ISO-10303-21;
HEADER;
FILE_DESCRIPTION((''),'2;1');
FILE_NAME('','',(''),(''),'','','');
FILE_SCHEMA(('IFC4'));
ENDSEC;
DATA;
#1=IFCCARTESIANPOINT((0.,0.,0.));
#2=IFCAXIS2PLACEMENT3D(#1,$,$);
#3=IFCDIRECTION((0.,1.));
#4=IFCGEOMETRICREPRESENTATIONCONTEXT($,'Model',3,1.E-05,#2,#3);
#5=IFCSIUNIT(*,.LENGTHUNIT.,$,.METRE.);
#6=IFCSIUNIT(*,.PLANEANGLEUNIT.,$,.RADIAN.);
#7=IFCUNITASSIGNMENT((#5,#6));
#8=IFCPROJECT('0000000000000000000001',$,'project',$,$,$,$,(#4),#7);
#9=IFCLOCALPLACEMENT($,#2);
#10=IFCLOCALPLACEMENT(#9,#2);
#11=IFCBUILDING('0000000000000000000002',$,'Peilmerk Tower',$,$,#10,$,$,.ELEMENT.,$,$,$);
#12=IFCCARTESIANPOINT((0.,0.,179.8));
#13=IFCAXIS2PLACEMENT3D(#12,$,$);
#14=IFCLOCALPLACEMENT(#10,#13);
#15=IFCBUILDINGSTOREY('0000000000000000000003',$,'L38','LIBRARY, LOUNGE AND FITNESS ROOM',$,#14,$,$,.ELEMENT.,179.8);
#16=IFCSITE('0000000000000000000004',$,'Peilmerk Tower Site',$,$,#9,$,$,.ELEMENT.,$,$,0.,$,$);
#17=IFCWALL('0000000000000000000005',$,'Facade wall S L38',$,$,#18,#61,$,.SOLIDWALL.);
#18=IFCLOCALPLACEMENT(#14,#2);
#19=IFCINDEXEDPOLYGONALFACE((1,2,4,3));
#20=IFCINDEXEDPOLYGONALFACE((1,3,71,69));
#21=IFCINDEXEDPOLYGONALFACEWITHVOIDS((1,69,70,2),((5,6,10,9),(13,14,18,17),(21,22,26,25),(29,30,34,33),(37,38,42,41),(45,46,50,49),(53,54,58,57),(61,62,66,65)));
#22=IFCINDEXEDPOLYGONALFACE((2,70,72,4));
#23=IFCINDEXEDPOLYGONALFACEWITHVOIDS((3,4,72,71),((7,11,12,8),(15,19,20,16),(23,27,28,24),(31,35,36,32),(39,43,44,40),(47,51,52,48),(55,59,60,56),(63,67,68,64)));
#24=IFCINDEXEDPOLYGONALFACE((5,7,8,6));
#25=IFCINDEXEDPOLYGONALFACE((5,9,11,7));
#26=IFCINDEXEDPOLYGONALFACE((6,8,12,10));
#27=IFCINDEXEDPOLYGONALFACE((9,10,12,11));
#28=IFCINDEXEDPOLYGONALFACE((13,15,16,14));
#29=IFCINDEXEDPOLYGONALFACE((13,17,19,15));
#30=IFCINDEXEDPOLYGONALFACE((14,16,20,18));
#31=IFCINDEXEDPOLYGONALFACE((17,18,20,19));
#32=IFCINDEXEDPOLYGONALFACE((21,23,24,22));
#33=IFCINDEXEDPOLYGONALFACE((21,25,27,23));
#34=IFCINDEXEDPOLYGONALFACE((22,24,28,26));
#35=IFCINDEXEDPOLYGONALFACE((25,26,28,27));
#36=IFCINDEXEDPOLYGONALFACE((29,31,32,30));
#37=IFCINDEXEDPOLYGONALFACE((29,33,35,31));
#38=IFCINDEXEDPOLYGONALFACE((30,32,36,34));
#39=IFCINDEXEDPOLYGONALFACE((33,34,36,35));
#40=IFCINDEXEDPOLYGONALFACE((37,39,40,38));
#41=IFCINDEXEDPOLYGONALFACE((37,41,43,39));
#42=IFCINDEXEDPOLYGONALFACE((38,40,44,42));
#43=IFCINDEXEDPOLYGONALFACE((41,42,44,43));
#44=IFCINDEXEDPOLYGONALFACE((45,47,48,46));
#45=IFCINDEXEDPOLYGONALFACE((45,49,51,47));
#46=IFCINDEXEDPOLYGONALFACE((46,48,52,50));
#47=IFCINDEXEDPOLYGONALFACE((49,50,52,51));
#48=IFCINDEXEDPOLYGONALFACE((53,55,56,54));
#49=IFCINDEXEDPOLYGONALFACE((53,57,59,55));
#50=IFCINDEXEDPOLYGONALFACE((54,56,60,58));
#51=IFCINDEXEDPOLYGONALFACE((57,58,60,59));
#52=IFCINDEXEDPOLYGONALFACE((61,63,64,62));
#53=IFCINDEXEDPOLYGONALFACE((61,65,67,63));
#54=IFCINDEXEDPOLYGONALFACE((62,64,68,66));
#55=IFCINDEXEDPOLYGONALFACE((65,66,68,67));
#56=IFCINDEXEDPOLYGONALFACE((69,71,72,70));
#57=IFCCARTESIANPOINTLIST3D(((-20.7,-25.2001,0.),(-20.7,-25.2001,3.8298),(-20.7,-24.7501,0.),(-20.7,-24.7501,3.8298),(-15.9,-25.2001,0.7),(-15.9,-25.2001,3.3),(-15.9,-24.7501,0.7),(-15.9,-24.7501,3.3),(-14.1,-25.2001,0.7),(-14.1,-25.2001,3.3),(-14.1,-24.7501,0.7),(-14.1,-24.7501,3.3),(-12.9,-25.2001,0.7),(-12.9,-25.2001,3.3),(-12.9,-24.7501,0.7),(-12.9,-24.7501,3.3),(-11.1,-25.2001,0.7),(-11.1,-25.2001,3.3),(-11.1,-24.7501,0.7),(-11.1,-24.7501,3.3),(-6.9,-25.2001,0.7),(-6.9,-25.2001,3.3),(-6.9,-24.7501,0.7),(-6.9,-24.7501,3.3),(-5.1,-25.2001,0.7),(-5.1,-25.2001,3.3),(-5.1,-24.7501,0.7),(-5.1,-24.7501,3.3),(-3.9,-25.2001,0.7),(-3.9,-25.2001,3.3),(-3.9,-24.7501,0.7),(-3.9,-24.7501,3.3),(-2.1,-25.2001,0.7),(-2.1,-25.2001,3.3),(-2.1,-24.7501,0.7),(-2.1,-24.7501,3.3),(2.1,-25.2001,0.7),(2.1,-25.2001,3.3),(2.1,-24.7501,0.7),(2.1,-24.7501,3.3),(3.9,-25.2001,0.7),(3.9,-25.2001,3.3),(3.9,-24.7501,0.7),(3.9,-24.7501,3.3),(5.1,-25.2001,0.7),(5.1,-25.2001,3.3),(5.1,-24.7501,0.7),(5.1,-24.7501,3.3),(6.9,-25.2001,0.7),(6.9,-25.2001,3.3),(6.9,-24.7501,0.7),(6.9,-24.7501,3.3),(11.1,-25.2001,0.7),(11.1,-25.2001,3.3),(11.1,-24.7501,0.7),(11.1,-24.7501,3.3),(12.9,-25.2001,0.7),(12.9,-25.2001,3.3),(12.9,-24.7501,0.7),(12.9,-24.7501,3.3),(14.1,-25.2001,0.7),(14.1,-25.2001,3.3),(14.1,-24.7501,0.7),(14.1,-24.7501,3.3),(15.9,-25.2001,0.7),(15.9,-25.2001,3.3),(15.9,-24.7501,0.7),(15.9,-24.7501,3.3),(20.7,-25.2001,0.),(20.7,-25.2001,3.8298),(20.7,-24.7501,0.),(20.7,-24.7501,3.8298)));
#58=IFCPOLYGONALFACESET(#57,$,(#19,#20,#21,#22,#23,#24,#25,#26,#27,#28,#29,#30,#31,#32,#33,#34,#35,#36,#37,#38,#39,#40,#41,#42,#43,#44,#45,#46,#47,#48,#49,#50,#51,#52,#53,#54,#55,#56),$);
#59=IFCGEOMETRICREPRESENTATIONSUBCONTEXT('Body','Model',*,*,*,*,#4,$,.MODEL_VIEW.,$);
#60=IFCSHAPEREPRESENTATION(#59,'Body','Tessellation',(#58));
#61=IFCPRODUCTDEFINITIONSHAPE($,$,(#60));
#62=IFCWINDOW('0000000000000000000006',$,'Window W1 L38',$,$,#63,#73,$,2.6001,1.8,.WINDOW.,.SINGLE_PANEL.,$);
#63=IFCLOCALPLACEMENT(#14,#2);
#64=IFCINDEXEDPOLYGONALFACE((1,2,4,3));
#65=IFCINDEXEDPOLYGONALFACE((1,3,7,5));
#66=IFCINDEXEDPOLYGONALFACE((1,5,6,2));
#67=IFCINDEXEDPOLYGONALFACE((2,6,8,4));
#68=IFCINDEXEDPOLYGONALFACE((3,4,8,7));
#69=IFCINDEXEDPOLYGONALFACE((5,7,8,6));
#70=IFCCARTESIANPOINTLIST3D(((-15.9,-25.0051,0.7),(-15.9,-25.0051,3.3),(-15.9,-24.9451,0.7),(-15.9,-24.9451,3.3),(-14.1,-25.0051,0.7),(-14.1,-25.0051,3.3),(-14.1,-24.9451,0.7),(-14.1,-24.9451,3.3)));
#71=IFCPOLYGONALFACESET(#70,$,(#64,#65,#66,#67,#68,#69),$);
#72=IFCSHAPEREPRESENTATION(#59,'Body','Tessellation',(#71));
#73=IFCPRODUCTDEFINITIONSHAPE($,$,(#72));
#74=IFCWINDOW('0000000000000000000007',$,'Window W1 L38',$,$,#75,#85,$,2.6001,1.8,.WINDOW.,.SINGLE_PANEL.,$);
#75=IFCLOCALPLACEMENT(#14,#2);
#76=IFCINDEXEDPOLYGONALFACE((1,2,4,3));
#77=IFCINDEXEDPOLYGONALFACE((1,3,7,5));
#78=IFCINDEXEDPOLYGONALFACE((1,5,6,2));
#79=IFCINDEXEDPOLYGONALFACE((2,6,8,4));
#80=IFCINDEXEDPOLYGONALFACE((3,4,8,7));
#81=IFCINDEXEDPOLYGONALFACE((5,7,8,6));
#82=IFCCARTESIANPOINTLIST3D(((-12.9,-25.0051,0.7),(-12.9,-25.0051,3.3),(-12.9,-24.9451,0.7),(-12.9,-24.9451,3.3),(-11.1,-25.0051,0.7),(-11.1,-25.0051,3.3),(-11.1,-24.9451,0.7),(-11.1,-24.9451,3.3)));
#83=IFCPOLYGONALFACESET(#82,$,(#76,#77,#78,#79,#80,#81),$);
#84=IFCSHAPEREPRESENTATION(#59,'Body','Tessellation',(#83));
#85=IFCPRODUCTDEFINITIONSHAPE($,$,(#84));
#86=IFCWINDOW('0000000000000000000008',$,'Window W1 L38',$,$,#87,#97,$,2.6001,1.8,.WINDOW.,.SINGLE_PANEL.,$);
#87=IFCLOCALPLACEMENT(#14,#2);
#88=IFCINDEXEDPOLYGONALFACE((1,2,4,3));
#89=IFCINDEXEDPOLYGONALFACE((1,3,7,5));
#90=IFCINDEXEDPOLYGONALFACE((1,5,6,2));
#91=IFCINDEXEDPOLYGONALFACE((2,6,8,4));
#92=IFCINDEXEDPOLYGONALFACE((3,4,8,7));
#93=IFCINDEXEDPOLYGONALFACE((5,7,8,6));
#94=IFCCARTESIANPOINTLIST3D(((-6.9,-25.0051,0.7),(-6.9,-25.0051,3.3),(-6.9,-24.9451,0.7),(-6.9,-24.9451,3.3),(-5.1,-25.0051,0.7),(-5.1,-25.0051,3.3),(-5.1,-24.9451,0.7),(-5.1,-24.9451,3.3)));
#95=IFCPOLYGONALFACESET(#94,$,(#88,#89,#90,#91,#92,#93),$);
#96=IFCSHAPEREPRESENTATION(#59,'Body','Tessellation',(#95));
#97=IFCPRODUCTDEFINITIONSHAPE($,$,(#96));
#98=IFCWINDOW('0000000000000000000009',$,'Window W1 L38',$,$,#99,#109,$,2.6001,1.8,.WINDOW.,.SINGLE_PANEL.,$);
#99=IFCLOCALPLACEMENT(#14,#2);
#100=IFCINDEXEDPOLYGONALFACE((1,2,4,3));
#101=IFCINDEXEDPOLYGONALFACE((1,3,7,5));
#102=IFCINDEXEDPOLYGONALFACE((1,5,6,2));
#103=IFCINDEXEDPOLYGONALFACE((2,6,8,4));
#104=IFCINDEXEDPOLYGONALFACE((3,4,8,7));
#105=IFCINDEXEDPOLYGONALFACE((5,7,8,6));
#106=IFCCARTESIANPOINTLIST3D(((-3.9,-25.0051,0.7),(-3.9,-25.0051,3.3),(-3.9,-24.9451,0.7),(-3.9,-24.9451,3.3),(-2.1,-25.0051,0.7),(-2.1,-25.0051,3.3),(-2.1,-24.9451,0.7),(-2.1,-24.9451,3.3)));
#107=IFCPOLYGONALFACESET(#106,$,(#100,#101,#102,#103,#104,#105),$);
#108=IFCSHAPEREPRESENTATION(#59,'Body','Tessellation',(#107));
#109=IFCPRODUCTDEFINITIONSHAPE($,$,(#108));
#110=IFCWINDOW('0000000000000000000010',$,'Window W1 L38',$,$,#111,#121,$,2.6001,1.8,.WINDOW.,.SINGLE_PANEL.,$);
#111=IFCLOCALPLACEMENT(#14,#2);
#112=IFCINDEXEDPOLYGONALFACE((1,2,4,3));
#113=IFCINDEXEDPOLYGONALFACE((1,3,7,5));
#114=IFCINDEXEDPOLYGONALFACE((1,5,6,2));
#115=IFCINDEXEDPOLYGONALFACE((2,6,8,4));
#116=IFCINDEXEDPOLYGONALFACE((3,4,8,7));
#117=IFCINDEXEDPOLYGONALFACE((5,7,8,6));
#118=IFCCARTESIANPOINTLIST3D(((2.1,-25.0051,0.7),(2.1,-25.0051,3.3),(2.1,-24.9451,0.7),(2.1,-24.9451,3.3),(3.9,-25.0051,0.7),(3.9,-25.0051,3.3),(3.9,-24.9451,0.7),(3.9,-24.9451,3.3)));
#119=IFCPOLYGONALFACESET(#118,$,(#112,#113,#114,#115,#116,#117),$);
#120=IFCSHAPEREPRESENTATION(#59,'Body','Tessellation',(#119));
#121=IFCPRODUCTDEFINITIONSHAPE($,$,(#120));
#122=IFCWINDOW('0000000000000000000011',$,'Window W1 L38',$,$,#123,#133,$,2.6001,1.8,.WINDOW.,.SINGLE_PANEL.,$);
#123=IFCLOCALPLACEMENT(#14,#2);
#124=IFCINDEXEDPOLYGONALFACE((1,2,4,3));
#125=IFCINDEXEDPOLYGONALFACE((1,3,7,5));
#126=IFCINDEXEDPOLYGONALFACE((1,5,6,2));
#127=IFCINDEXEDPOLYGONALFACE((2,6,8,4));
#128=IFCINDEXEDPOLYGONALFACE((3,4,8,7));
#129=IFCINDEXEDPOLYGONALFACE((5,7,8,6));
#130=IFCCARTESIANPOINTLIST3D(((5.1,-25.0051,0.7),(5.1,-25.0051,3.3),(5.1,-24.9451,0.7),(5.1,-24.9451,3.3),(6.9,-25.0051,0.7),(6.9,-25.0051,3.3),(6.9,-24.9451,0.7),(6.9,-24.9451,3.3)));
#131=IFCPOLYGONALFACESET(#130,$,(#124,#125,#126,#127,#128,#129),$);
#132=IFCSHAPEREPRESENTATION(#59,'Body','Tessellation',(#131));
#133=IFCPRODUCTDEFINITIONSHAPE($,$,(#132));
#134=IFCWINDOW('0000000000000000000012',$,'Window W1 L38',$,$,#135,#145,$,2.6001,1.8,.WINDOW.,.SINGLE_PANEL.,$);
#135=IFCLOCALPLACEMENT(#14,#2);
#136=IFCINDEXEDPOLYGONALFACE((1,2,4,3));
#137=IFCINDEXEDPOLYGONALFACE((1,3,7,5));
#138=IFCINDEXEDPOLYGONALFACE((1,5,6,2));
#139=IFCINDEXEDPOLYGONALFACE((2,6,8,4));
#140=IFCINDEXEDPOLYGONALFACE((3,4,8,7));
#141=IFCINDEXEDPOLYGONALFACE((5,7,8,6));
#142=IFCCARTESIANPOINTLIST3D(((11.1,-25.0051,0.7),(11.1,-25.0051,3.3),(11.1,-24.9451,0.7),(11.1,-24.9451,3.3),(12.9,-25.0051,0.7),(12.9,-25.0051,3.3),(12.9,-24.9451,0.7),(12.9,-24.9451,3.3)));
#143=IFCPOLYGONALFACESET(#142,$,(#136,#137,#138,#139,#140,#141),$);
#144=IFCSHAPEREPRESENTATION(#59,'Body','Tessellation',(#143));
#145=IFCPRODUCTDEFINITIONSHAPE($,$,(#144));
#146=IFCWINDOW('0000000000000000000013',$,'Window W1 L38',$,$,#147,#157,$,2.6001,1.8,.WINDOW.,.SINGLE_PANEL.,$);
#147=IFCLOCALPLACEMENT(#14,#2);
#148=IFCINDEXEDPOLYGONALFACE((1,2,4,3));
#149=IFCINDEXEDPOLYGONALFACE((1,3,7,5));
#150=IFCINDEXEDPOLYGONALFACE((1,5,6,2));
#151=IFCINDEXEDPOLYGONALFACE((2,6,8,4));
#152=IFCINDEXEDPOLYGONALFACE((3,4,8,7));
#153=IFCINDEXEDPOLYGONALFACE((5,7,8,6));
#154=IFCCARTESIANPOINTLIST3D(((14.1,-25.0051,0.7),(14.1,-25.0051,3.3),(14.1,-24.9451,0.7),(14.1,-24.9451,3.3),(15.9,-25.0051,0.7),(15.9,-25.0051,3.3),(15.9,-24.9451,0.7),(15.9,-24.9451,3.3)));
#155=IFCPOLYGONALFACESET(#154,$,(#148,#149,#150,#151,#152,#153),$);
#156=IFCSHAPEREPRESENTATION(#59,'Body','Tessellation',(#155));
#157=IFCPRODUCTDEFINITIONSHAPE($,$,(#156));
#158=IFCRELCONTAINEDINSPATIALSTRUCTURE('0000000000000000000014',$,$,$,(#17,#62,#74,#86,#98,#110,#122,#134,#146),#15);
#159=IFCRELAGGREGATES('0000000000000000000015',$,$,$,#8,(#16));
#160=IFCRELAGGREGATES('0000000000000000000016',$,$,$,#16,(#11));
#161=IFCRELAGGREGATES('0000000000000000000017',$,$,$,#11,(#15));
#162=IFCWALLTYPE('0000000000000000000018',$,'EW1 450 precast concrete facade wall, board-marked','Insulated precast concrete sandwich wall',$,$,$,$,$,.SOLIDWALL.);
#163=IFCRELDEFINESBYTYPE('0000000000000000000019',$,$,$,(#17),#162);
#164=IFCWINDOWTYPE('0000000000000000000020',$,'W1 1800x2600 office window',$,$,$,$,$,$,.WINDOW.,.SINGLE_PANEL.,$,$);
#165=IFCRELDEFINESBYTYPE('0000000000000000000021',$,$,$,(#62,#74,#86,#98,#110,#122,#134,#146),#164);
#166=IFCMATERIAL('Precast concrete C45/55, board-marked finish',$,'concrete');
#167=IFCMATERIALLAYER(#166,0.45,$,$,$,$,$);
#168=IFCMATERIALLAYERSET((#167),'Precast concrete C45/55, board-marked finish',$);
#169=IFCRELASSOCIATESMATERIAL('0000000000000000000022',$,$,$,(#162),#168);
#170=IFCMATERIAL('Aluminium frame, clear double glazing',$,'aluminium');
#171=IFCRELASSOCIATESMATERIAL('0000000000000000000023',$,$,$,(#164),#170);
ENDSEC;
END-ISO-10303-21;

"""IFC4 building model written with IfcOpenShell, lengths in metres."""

from ifc_helpers import new_model, si_unit, direction, frame, frame_2d, origin, place, context, subcontext, project, spatial, rectangle, extrude, material, layer, layer_set, type_object, element, fill, save


model = new_model("IFC4")

# Units and contexts
model_context = context("Model", 3, precision=1e-05, world=origin(), true_north=direction((0.0, 1.0)))
body_context = subcontext(model_context, "Body", "Model", "MODEL_VIEW")
ifc_project = project(units=[si_unit("LENGTHUNIT", "METRE"), si_unit("PLANEANGLEUNIT", "RADIAN")], contexts=[model_context])

# Site, building, storey
site_placement = place(None, origin())
site = spatial("IfcSite", under=ifc_project, at=site_placement, Name="Peilmerk Tower Site", CompositionType="ELEMENT", RefElevation=0.0)
building_placement = place(site_placement, origin())
building = spatial("IfcBuilding", under=site, at=building_placement, Name="Peilmerk Tower", CompositionType="ELEMENT")
storey_placement = place(building_placement, frame((0.0, 0.0, 179.8)))
storey = spatial("IfcBuildingStorey", under=building, at=storey_placement, Name="L38", Description="LIBRARY, LOUNGE AND FITNESS ROOM", CompositionType="ELEMENT", Elevation=179.8)

# Wall, openings, windows
ifc_material_1 = material(Name="Precast concrete C45/55, board-marked finish", Category="concrete")
ifc_layer_1 = layer(ifc_material_1, 0.45)
ifc_layer_set_1 = layer_set([ifc_layer_1], Name="Precast concrete C45/55, board-marked finish")
wall_type = type_object("IfcWallType", Name="EW1 450 precast concrete facade wall, board-marked", Description="Insulated precast concrete sandwich wall", PredefinedType="SOLIDWALL", material=ifc_layer_set_1)
wall_placement = place(storey_placement, frame((-20.7, -24.9751, 0.0), z_axis=(0.0, 0.0, 1.0), x_axis=(1.0, 0.0, 0.0)))
wall = element("IfcWall", 1, at=wall_placement, inside=storey, type_object=wall_type, Name="Facade wall S L38", PredefinedType="SOLIDWALL", context=body_context, shape_type="SweptSolid", body=[
    extrude(rectangle(XDim=41.3999, YDim=0.45, at=frame_2d((20.7, 0.0))), origin(), (0.0, 0.0, 1.0), 3.8298),
])
opening_1_placement = place(wall_placement, frame((4.8, 0.0, 0.7)))
opening_1 = element("IfcOpeningElement", 2, at=opening_1_placement, cuts=wall, PredefinedType="OPENING", context=body_context, shape_type="SweptSolid", body=[
    extrude(rectangle(XDim=1.8, YDim=2.6001, at=frame_2d((0.8999, 1.3))), frame((0.0, 0.2349, 0.0), z_axis=(0.0, -1.0, 0.0), x_axis=(1.0, 0.0, 0.0)), (0.0, 0.0, 1.0), 0.47),
])
opening_2_placement = place(wall_placement, frame((7.8, 0.0, 0.7)))
opening_2 = element("IfcOpeningElement", 3, at=opening_2_placement, cuts=wall, PredefinedType="OPENING", context=body_context, shape_type="SweptSolid", body=[
    extrude(rectangle(XDim=1.8, YDim=2.6001, at=frame_2d((0.8999, 1.3))), frame((0.0, 0.2349, 0.0), z_axis=(0.0, -1.0, 0.0), x_axis=(1.0, 0.0, 0.0)), (0.0, 0.0, 1.0), 0.47),
])
opening_3_placement = place(wall_placement, frame((13.8, 0.0, 0.7)))
opening_3 = element("IfcOpeningElement", 4, at=opening_3_placement, cuts=wall, PredefinedType="OPENING", context=body_context, shape_type="SweptSolid", body=[
    extrude(rectangle(XDim=1.8, YDim=2.6001, at=frame_2d((0.8999, 1.3))), frame((0.0, 0.2349, 0.0), z_axis=(0.0, -1.0, 0.0), x_axis=(1.0, 0.0, 0.0)), (0.0, 0.0, 1.0), 0.47),
])
opening_4_placement = place(wall_placement, frame((16.8, 0.0, 0.7)))
opening_4 = element("IfcOpeningElement", 5, at=opening_4_placement, cuts=wall, PredefinedType="OPENING", context=body_context, shape_type="SweptSolid", body=[
    extrude(rectangle(XDim=1.8, YDim=2.6001, at=frame_2d((0.8999, 1.3))), frame((0.0, 0.2349, 0.0), z_axis=(0.0, -1.0, 0.0), x_axis=(1.0, 0.0, 0.0)), (0.0, 0.0, 1.0), 0.47),
])
opening_5_placement = place(wall_placement, frame((22.8, 0.0, 0.7)))
opening_5 = element("IfcOpeningElement", 6, at=opening_5_placement, cuts=wall, PredefinedType="OPENING", context=body_context, shape_type="SweptSolid", body=[
    extrude(rectangle(XDim=1.8, YDim=2.6001, at=frame_2d((0.8999, 1.3))), frame((0.0, 0.2349, 0.0), z_axis=(0.0, -1.0, 0.0), x_axis=(1.0, 0.0, 0.0)), (0.0, 0.0, 1.0), 0.47),
])
opening_6_placement = place(wall_placement, frame((25.8, 0.0, 0.7)))
opening_6 = element("IfcOpeningElement", 7, at=opening_6_placement, cuts=wall, PredefinedType="OPENING", context=body_context, shape_type="SweptSolid", body=[
    extrude(rectangle(XDim=1.8, YDim=2.6001, at=frame_2d((0.8999, 1.3))), frame((0.0, 0.2349, 0.0), z_axis=(0.0, -1.0, 0.0), x_axis=(1.0, 0.0, 0.0)), (0.0, 0.0, 1.0), 0.47),
])
opening_7_placement = place(wall_placement, frame((31.8, 0.0, 0.7)))
opening_7 = element("IfcOpeningElement", 8, at=opening_7_placement, cuts=wall, PredefinedType="OPENING", context=body_context, shape_type="SweptSolid", body=[
    extrude(rectangle(XDim=1.8, YDim=2.6001, at=frame_2d((0.8999, 1.3))), frame((0.0, 0.2349, 0.0), z_axis=(0.0, -1.0, 0.0), x_axis=(1.0, 0.0, 0.0)), (0.0, 0.0, 1.0), 0.47),
])
opening_8_placement = place(wall_placement, frame((34.8, 0.0, 0.7)))
opening_8 = element("IfcOpeningElement", 9, at=opening_8_placement, cuts=wall, PredefinedType="OPENING", context=body_context, shape_type="SweptSolid", body=[
    extrude(rectangle(XDim=1.8, YDim=2.6001, at=frame_2d((0.8999, 1.3))), frame((0.0, 0.2349, 0.0), z_axis=(0.0, -1.0, 0.0), x_axis=(1.0, 0.0, 0.0)), (0.0, 0.0, 1.0), 0.47),
])
ifc_material_2 = material(Name="Aluminium frame, clear double glazing", Category="aluminium")
window_type = type_object("IfcWindowType", Name="W1 1800x2600 office window", PartitioningType="SINGLE_PANEL", PredefinedType="WINDOW", material=ifc_material_2)
window_1_placement = place(opening_1_placement, origin())
window_1 = element("IfcWindow", 10, at=window_1_placement, inside=storey, type_object=window_type, Name="Window W1 L38", OverallHeight=2.6001, OverallWidth=1.8, PartitioningType="SINGLE_PANEL", PredefinedType="WINDOW", context=body_context, shape_type="SweptSolid", body=[
    extrude(rectangle(XDim=1.8, YDim=2.6001, at=frame_2d((0.8999, 1.3))), frame((0.0, 0.03, 0.0), z_axis=(0.0, -1.0, 0.0), x_axis=(1.0, 0.0, 0.0)), (0.0, 0.0, 1.0), 0.0601),
])
fill(opening_1, window_1)
window_2_placement = place(opening_2_placement, origin())
window_2 = element("IfcWindow", 11, at=window_2_placement, inside=storey, type_object=window_type, Name="Window W1 L38", OverallHeight=2.6001, OverallWidth=1.8, PartitioningType="SINGLE_PANEL", PredefinedType="WINDOW", context=body_context, shape_type="SweptSolid", body=[
    extrude(rectangle(XDim=1.8, YDim=2.6001, at=frame_2d((0.8999, 1.3))), frame((0.0, 0.03, 0.0), z_axis=(0.0, -1.0, 0.0), x_axis=(1.0, 0.0, 0.0)), (0.0, 0.0, 1.0), 0.0601),
])
fill(opening_2, window_2)
window_3_placement = place(opening_3_placement, origin())
window_3 = element("IfcWindow", 12, at=window_3_placement, inside=storey, type_object=window_type, Name="Window W1 L38", OverallHeight=2.6001, OverallWidth=1.8, PartitioningType="SINGLE_PANEL", PredefinedType="WINDOW", context=body_context, shape_type="SweptSolid", body=[
    extrude(rectangle(XDim=1.8, YDim=2.6001, at=frame_2d((0.8999, 1.3))), frame((0.0, 0.03, 0.0), z_axis=(0.0, -1.0, 0.0), x_axis=(1.0, 0.0, 0.0)), (0.0, 0.0, 1.0), 0.0601),
])
fill(opening_3, window_3)
window_4_placement = place(opening_4_placement, origin())
window_4 = element("IfcWindow", 13, at=window_4_placement, inside=storey, type_object=window_type, Name="Window W1 L38", OverallHeight=2.6001, OverallWidth=1.8, PartitioningType="SINGLE_PANEL", PredefinedType="WINDOW", context=body_context, shape_type="SweptSolid", body=[
    extrude(rectangle(XDim=1.8, YDim=2.6001, at=frame_2d((0.8999, 1.3))), frame((0.0, 0.03, 0.0), z_axis=(0.0, -1.0, 0.0), x_axis=(1.0, 0.0, 0.0)), (0.0, 0.0, 1.0), 0.0601),
])
fill(opening_4, window_4)
window_5_placement = place(opening_5_placement, origin())
window_5 = element("IfcWindow", 14, at=window_5_placement, inside=storey, type_object=window_type, Name="Window W1 L38", OverallHeight=2.6001, OverallWidth=1.8, PartitioningType="SINGLE_PANEL", PredefinedType="WINDOW", context=body_context, shape_type="SweptSolid", body=[
    extrude(rectangle(XDim=1.8, YDim=2.6001, at=frame_2d((0.8999, 1.3))), frame((0.0, 0.03, 0.0), z_axis=(0.0, -1.0, 0.0), x_axis=(1.0, 0.0, 0.0)), (0.0, 0.0, 1.0), 0.0601),
])
fill(opening_5, window_5)
window_6_placement = place(opening_6_placement, origin())
window_6 = element("IfcWindow", 15, at=window_6_placement, inside=storey, type_object=window_type, Name="Window W1 L38", OverallHeight=2.6001, OverallWidth=1.8, PartitioningType="SINGLE_PANEL", PredefinedType="WINDOW", context=body_context, shape_type="SweptSolid", body=[
    extrude(rectangle(XDim=1.8, YDim=2.6001, at=frame_2d((0.8999, 1.3))), frame((0.0, 0.03, 0.0), z_axis=(0.0, -1.0, 0.0), x_axis=(1.0, 0.0, 0.0)), (0.0, 0.0, 1.0), 0.0601),
])
fill(opening_6, window_6)
window_7_placement = place(opening_7_placement, origin())
window_7 = element("IfcWindow", 16, at=window_7_placement, inside=storey, type_object=window_type, Name="Window W1 L38", OverallHeight=2.6001, OverallWidth=1.8, PartitioningType="SINGLE_PANEL", PredefinedType="WINDOW", context=body_context, shape_type="SweptSolid", body=[
    extrude(rectangle(XDim=1.8, YDim=2.6001, at=frame_2d((0.8999, 1.3))), frame((0.0, 0.03, 0.0), z_axis=(0.0, -1.0, 0.0), x_axis=(1.0, 0.0, 0.0)), (0.0, 0.0, 1.0), 0.0601),
])
fill(opening_7, window_7)
window_8_placement = place(opening_8_placement, origin())
window_8 = element("IfcWindow", 17, at=window_8_placement, inside=storey, type_object=window_type, Name="Window W1 L38", OverallHeight=2.6001, OverallWidth=1.8, PartitioningType="SINGLE_PANEL", PredefinedType="WINDOW", context=body_context, shape_type="SweptSolid", body=[
    extrude(rectangle(XDim=1.8, YDim=2.6001, at=frame_2d((0.8999, 1.3))), frame((0.0, 0.03, 0.0), z_axis=(0.0, -1.0, 0.0), x_axis=(1.0, 0.0, 0.0)), (0.0, 0.0, 1.0), 0.0601),
])
fill(opening_8, window_8)

save(model, "model.ifc")
